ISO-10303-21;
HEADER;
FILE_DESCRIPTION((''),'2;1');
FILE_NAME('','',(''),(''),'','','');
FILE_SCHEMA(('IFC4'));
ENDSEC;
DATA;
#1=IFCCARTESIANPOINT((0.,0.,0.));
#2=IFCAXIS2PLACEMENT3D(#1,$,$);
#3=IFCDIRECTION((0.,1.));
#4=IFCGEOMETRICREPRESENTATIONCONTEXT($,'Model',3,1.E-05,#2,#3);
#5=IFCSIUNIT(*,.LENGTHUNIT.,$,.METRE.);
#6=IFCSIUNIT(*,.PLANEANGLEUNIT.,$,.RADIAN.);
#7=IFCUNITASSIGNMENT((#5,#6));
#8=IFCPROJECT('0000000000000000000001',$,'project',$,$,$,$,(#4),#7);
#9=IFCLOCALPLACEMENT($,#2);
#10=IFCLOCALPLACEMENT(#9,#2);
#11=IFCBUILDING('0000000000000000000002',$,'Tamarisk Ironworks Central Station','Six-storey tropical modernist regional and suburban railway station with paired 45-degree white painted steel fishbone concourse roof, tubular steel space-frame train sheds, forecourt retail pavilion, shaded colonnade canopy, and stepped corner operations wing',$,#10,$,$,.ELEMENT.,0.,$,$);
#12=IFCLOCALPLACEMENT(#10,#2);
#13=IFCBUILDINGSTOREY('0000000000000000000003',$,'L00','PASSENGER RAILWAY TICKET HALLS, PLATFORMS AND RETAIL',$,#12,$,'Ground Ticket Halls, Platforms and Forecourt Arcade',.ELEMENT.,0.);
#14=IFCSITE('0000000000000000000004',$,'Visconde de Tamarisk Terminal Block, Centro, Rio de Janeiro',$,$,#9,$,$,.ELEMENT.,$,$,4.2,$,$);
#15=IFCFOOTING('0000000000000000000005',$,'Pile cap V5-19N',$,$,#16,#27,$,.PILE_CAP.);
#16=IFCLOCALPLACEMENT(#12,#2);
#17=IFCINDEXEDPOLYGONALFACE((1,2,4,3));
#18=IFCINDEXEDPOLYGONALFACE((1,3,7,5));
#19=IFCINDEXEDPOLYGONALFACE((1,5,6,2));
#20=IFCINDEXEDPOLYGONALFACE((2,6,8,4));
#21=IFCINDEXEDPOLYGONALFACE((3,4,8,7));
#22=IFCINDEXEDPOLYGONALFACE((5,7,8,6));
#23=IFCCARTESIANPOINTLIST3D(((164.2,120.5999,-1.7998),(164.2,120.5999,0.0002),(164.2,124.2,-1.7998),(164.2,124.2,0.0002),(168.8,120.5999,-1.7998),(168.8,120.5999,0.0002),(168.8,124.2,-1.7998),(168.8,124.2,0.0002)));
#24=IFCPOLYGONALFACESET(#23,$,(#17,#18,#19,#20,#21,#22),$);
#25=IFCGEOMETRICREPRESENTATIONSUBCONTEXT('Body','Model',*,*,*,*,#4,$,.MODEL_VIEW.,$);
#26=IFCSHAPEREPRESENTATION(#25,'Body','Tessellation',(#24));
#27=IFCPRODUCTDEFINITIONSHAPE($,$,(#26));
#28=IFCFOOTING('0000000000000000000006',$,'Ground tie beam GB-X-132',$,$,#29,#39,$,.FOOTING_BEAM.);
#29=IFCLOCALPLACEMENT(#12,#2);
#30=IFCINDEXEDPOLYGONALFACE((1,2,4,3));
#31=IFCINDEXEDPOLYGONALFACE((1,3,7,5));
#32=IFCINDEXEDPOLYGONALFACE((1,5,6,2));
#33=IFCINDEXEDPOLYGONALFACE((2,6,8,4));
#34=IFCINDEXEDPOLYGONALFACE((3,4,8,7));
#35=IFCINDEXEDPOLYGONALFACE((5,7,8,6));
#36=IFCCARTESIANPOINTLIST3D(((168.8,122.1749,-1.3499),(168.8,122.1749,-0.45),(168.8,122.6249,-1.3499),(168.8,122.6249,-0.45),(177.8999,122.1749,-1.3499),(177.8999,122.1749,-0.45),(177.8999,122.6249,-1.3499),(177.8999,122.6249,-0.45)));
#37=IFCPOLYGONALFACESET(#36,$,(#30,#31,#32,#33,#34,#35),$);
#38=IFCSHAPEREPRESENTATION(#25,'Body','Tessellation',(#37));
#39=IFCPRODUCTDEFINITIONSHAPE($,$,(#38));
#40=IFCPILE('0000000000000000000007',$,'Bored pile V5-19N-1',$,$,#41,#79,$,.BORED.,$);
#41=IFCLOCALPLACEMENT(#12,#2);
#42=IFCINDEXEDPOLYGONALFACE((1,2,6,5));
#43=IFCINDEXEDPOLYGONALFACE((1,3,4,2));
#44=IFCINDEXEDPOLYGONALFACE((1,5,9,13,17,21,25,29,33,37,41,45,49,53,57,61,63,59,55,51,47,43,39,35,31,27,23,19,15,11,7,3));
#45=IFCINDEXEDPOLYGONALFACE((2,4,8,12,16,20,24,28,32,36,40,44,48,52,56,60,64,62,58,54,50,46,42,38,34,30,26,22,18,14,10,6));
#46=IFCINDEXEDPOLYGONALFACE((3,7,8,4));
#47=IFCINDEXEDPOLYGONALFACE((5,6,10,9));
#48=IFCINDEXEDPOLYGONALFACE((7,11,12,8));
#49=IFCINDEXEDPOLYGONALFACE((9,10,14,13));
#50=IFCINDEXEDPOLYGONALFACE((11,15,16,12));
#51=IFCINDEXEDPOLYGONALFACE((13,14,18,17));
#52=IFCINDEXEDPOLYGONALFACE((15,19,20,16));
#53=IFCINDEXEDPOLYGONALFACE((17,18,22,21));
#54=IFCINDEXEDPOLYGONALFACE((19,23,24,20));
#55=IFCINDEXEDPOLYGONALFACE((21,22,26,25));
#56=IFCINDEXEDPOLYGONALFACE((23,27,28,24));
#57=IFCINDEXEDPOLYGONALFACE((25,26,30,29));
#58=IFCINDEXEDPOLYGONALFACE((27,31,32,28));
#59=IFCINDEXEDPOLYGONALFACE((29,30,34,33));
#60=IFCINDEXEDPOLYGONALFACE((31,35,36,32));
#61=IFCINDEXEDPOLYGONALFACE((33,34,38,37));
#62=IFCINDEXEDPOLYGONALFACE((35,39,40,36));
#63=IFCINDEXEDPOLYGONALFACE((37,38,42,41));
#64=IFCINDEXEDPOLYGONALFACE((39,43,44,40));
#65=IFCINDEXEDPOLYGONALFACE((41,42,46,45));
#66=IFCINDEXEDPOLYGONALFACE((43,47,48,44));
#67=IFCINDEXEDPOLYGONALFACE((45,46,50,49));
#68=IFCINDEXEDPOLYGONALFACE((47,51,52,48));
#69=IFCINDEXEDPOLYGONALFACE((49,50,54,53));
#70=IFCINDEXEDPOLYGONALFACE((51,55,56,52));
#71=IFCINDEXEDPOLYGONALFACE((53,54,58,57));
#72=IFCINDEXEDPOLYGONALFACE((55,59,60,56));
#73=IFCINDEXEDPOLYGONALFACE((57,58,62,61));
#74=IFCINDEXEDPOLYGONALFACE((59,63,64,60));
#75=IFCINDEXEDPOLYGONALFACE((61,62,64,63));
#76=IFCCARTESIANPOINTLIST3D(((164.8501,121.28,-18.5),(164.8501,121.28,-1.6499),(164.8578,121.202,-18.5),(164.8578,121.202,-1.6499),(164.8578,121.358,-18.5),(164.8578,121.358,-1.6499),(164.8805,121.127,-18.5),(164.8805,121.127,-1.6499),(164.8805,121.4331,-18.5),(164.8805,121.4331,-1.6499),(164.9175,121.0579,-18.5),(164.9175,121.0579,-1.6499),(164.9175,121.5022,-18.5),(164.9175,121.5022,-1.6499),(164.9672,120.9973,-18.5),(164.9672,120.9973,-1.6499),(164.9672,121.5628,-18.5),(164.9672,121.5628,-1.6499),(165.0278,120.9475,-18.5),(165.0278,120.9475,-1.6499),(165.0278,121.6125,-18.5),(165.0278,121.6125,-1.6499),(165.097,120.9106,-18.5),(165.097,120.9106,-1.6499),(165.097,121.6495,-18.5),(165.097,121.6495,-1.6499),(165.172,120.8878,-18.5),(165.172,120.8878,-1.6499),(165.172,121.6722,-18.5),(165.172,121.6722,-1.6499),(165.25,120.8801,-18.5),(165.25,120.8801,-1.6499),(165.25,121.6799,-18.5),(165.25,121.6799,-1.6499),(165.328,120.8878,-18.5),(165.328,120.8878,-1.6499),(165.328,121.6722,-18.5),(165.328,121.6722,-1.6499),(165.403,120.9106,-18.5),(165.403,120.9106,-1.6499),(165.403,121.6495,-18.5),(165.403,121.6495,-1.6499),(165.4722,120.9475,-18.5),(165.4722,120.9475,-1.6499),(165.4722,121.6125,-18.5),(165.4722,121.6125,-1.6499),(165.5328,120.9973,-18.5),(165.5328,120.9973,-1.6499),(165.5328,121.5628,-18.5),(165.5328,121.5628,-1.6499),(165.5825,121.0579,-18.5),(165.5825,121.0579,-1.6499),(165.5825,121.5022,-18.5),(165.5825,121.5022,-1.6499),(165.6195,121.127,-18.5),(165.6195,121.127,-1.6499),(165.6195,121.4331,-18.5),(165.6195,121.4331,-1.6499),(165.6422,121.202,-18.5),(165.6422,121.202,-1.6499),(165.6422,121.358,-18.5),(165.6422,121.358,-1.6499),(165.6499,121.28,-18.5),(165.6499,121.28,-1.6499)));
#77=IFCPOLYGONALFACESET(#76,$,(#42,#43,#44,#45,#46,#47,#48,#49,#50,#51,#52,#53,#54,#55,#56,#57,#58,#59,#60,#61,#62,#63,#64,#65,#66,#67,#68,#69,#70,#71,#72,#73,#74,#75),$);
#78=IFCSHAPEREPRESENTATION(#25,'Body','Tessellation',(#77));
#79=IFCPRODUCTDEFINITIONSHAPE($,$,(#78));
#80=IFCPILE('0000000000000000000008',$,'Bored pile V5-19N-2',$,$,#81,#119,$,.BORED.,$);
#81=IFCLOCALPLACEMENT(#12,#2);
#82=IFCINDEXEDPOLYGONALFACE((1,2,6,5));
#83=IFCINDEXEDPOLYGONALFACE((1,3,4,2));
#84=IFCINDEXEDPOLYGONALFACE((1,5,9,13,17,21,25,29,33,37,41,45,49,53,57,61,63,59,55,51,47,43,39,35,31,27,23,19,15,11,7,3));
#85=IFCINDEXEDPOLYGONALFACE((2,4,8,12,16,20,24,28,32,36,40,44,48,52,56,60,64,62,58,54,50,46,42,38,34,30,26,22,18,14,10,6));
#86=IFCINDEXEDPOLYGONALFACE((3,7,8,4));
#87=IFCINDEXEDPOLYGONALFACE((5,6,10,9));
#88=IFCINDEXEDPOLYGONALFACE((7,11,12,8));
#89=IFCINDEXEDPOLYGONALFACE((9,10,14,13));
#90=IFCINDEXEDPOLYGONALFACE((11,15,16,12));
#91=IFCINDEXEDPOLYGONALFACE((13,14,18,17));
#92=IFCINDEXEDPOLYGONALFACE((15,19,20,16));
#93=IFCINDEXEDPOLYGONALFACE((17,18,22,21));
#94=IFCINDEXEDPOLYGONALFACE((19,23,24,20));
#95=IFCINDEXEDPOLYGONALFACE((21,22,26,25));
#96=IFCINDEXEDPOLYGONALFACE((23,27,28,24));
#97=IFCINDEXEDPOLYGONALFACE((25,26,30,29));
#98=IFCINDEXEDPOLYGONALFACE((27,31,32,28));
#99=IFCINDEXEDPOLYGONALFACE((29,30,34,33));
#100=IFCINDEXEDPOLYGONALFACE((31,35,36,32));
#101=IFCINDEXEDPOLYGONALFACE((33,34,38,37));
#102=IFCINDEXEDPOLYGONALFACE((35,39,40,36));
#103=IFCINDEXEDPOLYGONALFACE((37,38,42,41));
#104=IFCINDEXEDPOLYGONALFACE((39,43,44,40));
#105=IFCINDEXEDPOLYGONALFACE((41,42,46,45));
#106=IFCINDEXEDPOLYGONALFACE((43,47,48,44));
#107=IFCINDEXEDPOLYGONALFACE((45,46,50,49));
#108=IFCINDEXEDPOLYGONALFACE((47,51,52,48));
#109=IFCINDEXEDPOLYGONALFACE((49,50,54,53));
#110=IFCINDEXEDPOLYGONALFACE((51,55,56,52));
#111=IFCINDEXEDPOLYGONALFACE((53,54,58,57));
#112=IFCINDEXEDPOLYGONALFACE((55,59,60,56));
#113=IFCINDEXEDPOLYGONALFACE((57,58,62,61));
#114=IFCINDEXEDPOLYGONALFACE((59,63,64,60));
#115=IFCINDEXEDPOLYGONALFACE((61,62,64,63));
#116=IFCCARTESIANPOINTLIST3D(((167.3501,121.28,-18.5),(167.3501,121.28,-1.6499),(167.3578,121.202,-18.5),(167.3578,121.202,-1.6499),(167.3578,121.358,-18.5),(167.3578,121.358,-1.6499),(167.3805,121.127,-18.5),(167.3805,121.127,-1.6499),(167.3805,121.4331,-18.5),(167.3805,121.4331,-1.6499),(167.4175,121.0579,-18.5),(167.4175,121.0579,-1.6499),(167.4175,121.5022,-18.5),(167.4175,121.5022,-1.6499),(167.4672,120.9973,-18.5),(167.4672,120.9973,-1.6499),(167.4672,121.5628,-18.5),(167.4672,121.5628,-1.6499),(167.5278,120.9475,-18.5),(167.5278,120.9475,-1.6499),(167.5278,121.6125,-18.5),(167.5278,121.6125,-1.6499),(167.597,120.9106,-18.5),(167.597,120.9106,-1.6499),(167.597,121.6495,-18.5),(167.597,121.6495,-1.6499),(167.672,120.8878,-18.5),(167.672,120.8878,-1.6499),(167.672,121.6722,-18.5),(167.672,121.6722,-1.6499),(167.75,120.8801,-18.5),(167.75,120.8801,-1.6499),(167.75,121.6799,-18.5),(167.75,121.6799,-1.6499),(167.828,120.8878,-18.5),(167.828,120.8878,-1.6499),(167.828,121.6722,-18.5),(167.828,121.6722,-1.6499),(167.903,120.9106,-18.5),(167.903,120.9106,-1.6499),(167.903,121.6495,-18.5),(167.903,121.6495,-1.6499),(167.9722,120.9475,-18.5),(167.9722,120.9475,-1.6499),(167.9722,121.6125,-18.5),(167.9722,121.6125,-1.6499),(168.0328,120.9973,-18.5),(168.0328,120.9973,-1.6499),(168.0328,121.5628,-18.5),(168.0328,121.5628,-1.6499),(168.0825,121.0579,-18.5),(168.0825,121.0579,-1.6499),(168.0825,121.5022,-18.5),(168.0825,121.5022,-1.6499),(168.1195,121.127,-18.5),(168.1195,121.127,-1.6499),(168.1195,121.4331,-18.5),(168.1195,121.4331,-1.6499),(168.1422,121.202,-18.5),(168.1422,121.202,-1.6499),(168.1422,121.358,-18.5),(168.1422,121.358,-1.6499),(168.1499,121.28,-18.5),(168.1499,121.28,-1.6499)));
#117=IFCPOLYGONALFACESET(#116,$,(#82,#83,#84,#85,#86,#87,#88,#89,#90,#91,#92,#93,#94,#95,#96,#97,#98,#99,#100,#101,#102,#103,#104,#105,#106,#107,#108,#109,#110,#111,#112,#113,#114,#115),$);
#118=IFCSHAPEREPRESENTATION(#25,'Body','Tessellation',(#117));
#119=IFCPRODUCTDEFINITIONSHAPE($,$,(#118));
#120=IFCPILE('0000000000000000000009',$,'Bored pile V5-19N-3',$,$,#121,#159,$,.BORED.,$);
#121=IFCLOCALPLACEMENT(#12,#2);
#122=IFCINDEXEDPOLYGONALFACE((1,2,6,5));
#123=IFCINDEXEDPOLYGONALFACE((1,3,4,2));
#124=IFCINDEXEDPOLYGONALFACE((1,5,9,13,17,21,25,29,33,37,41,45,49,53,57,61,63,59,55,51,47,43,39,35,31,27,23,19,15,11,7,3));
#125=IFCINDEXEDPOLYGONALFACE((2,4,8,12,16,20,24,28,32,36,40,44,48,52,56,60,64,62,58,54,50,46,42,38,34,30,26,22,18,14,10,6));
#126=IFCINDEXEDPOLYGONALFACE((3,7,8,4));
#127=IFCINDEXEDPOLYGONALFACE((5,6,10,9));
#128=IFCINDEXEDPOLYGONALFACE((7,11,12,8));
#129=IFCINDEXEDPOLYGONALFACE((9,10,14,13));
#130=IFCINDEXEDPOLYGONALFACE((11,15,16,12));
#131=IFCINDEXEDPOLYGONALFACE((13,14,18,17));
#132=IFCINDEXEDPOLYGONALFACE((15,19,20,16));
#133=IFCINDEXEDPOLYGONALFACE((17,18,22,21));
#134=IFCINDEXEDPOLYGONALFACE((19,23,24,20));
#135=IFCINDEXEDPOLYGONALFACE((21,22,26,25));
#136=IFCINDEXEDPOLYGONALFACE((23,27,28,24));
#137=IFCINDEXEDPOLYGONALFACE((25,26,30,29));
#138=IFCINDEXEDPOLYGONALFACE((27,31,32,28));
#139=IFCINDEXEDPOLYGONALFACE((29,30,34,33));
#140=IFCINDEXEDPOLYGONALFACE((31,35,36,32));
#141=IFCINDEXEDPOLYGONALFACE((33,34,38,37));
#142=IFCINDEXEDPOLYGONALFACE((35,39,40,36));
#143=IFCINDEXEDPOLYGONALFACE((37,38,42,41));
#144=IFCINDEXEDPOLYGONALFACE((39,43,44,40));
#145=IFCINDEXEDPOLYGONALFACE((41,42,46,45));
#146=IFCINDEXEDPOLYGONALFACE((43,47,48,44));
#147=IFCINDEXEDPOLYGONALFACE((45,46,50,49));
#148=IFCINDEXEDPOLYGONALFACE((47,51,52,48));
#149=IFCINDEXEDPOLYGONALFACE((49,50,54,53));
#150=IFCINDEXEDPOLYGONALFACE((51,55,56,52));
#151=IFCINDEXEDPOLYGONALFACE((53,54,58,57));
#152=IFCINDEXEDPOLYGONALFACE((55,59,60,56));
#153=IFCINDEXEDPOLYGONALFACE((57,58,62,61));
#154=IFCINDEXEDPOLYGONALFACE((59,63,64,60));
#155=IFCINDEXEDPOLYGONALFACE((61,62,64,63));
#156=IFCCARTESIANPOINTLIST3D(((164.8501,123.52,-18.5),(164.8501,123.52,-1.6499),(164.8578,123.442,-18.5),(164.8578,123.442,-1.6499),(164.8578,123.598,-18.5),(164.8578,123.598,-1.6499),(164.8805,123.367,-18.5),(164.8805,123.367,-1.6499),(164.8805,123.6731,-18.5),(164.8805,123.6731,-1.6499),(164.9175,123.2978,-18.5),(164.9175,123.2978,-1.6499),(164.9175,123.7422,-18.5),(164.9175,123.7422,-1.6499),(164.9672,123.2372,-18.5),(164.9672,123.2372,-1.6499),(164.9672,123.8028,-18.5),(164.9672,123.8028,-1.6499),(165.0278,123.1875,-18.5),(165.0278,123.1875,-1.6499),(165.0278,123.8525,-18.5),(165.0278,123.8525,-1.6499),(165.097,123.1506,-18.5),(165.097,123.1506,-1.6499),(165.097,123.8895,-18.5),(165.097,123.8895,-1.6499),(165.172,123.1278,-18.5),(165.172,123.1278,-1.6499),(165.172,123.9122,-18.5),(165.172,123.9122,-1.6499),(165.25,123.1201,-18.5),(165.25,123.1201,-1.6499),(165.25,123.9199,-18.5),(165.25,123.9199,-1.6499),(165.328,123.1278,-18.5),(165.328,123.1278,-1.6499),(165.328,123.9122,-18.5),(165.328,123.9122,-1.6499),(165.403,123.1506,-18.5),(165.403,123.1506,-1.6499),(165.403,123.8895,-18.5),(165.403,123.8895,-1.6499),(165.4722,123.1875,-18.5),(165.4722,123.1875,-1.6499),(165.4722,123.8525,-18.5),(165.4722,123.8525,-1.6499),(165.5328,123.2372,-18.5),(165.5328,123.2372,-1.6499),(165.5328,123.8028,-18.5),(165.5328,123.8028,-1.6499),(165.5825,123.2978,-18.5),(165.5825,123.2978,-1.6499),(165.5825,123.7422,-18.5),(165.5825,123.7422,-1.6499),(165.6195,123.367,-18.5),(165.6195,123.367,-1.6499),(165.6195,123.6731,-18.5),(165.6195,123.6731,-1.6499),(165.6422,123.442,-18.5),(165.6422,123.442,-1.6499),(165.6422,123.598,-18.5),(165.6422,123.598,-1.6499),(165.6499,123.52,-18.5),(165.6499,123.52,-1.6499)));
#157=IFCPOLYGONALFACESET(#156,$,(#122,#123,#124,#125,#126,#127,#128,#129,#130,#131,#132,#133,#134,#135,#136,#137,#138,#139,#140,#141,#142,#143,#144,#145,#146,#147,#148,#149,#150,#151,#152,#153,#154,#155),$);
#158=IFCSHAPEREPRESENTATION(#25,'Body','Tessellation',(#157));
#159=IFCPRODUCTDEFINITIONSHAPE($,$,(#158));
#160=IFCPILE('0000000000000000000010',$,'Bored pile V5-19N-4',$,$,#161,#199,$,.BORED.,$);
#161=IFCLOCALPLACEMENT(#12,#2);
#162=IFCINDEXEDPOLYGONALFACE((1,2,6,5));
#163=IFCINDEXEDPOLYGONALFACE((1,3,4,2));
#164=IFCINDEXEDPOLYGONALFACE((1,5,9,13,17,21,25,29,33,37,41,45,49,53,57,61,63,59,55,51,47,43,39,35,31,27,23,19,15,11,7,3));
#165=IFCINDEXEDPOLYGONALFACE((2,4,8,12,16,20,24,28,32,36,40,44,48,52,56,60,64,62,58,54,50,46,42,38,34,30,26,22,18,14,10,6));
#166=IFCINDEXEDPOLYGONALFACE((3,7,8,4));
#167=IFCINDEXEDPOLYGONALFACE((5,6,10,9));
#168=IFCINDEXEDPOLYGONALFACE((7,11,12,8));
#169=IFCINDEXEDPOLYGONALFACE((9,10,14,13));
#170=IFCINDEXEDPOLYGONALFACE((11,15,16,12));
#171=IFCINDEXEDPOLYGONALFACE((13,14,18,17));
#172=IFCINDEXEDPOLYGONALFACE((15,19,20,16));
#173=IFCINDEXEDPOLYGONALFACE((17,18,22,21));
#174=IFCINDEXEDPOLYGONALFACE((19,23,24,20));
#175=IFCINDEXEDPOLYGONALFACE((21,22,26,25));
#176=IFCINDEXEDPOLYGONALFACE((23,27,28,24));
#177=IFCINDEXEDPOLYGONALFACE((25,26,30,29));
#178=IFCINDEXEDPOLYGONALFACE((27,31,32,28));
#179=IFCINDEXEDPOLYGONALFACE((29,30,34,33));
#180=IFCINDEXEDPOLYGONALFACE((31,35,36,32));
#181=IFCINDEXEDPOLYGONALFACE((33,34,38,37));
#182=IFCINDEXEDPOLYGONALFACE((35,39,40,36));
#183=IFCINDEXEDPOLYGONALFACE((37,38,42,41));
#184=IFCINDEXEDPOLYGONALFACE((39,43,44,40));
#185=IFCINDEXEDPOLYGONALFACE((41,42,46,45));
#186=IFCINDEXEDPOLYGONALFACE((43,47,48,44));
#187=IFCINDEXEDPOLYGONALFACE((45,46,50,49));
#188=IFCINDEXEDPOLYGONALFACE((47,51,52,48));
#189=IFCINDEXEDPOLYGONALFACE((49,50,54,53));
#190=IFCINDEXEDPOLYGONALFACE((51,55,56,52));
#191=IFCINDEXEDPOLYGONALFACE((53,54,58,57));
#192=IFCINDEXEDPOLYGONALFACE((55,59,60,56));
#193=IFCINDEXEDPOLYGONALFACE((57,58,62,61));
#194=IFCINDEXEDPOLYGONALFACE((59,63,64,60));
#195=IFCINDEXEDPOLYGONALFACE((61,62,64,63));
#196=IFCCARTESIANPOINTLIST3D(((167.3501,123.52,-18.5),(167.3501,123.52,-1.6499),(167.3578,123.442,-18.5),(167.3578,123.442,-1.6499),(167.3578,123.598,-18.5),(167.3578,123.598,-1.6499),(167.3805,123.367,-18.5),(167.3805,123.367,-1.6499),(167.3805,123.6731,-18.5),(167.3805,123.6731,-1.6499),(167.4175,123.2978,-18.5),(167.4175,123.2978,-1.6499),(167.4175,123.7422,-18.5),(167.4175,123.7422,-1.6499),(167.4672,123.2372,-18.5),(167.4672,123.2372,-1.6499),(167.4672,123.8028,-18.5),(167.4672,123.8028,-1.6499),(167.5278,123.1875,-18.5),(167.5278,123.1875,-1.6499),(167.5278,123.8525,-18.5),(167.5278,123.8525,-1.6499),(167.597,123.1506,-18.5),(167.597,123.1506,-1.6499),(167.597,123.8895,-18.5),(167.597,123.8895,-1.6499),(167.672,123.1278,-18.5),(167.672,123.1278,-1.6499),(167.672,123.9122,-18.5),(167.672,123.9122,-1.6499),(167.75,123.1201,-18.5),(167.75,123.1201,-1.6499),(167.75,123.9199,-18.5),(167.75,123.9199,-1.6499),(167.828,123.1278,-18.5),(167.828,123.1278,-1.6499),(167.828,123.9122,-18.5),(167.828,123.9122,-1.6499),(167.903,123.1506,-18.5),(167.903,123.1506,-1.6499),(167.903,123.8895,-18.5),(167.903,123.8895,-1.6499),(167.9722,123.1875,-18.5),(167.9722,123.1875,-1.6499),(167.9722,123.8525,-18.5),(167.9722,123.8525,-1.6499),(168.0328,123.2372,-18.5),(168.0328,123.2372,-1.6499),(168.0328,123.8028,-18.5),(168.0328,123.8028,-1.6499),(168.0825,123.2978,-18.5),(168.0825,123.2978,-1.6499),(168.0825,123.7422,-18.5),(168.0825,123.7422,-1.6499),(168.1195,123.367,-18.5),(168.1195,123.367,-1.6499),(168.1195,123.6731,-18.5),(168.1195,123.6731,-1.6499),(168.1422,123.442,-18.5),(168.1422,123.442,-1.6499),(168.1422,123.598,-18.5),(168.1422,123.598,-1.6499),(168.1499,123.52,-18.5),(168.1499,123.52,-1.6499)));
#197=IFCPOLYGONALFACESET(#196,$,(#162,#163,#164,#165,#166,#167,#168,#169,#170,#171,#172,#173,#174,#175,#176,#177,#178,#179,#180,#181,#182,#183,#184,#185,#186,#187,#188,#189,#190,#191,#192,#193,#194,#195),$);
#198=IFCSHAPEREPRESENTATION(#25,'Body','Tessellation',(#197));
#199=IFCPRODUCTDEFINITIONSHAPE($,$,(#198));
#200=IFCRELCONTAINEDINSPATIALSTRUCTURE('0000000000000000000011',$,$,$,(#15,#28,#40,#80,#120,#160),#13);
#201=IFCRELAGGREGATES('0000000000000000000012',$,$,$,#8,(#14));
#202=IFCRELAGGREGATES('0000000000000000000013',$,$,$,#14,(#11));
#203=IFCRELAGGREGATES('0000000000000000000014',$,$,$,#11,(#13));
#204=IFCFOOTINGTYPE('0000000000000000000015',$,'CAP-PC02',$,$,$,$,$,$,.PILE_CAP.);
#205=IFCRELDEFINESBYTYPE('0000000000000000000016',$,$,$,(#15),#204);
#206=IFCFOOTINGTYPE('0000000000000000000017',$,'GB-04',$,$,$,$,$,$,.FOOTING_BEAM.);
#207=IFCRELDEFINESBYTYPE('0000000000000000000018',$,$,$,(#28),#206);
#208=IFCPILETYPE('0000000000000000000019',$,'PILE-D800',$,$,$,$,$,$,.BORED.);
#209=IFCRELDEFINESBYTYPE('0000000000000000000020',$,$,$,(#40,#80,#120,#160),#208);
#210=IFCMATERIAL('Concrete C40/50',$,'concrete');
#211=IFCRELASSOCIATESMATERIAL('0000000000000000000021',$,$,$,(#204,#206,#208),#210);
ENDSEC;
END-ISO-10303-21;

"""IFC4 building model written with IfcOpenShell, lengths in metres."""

from ifc_helpers import new_model, si_unit, direction, frame, origin, origin_2d, place, context, subcontext, project, spatial, rectangle, circle, extrude, material, material_profile, profile_set, type_object, element, save


model = new_model("IFC4")

# Units and contexts
model_context = context("Model", 3, precision=1e-05, world=origin(), true_north=direction((0.0, 1.0)))
body_context = subcontext(model_context, "Body", "Model", "MODEL_VIEW")
ifc_project = project(units=[si_unit("LENGTHUNIT", "METRE"), si_unit("PLANEANGLEUNIT", "RADIAN")], contexts=[model_context])

# Site, building, storey
site_placement = place(None, origin())
site = spatial("IfcSite", under=ifc_project, at=site_placement, Name="Visconde de Tamarisk Terminal Block, Centro, Rio de Janeiro", CompositionType="ELEMENT", RefElevation=4.2)
building_placement = place(site_placement, origin())
building = spatial("IfcBuilding", under=site, at=building_placement, Name="Tamarisk Ironworks Central Station", Description="Six-storey tropical modernist regional and suburban railway station with paired 45-degree white painted steel fishbone concourse roof, tubular steel space-frame train sheds, forecourt retail pavilion, shaded colonnade canopy, and stepped corner operations wing", CompositionType="ELEMENT", ElevationOfRefHeight=0.0)
storey_placement = place(building_placement, origin())
storey = spatial("IfcBuildingStorey", under=building, at=storey_placement, Name="L00", Description="PASSENGER RAILWAY TICKET HALLS, PLATFORMS AND RETAIL", LongName="Ground Ticket Halls, Platforms and Forecourt Arcade", CompositionType="ELEMENT", Elevation=0.0)

# Footings
ifc_material_1 = material(Name="Concrete C40/50", Category="concrete")
footing_type_1 = type_object("IfcFootingType", Name="CAP-PC02", PredefinedType="PILE_CAP", material=ifc_material_1)
footing_1_placement = place(storey_placement, frame((166.5, 122.3999, -1.7998), z_axis=(0.0, 0.0, 1.0), x_axis=(1.0, 0.0, 0.0)))
element("IfcFooting", 1, at=footing_1_placement, inside=storey, type_object=footing_type_1, Name="Pile cap V5-19N", PredefinedType="PILE_CAP", context=body_context, shape_type="SweptSolid", body=[
    extrude(rectangle(XDim=4.6001, YDim=3.6001, at=origin_2d()), origin(), (0.0, 0.0, 1.0), 1.8),
])
ifc_material_profile_1 = material_profile(ifc_material_1, rectangle(XDim=0.45, YDim=0.8999, at=origin_2d()), Name="GB04 450x900")
ifc_profile_set_1 = profile_set([ifc_material_profile_1], Name="Concrete C40/50")
footing_type_2 = type_object("IfcFootingType", Name="GB-04", PredefinedType="FOOTING_BEAM", material=ifc_profile_set_1)
footing_2_placement = place(storey_placement, frame((168.8, 122.3999, -0.8999), z_axis=(1.0, 0.0, 0.0), x_axis=(0.0, 1.0, 0.0)))
element("IfcFooting", 2, at=footing_2_placement, inside=storey, type_object=footing_type_2, Name="Ground tie beam GB-X-132", PredefinedType="FOOTING_BEAM", context=body_context, shape_type="SweptSolid", body=[
    extrude(rectangle(XDim=0.45, YDim=0.8999, at=origin_2d()), origin(), (0.0, 0.0, 1.0), 9.0999),
])

# Piles
ifc_material_profile_2 = material_profile(ifc_material_1, circle(Radius=0.3999, at=origin_2d()), Name="BORED PILE D800")
ifc_profile_set_2 = profile_set([ifc_material_profile_2], Name="Concrete C40/50")
pile_type = type_object("IfcPileType", Name="PILE-D800", PredefinedType="BORED", material=ifc_profile_set_2)
for number, where, z_axis, x_axis, name in (
    (3, (165.25, 121.28, -1.6499), (0.0, 0.0, -1.0), (1.0, 0.0, 0.0), "Bored pile V5-19N-1"),
    (4, (167.75, 121.28, -1.6499), (0.0, 0.0, -1.0), (1.0, 0.0, 0.0), "Bored pile V5-19N-2"),
    (5, (165.25, 123.52, -1.6499), (0.0, 0.0, -1.0), (1.0, 0.0, 0.0), "Bored pile V5-19N-3"),
    (6, (167.75, 123.52, -1.6499), (0.0, 0.0, -1.0), (1.0, 0.0, 0.0), "Bored pile V5-19N-4"),
):
    element("IfcPile", number, at=place(storey_placement, frame(where, z_axis=z_axis, x_axis=x_axis)), inside=storey, type_object=pile_type, Name=name, PredefinedType="BORED", context=body_context, shape_type="SweptSolid", body=[
        extrude(circle(Radius=0.3999, at=origin_2d()), origin(), (0.0, 0.0, 1.0), 16.8501),
    ])

save(model, "model.ifc")
